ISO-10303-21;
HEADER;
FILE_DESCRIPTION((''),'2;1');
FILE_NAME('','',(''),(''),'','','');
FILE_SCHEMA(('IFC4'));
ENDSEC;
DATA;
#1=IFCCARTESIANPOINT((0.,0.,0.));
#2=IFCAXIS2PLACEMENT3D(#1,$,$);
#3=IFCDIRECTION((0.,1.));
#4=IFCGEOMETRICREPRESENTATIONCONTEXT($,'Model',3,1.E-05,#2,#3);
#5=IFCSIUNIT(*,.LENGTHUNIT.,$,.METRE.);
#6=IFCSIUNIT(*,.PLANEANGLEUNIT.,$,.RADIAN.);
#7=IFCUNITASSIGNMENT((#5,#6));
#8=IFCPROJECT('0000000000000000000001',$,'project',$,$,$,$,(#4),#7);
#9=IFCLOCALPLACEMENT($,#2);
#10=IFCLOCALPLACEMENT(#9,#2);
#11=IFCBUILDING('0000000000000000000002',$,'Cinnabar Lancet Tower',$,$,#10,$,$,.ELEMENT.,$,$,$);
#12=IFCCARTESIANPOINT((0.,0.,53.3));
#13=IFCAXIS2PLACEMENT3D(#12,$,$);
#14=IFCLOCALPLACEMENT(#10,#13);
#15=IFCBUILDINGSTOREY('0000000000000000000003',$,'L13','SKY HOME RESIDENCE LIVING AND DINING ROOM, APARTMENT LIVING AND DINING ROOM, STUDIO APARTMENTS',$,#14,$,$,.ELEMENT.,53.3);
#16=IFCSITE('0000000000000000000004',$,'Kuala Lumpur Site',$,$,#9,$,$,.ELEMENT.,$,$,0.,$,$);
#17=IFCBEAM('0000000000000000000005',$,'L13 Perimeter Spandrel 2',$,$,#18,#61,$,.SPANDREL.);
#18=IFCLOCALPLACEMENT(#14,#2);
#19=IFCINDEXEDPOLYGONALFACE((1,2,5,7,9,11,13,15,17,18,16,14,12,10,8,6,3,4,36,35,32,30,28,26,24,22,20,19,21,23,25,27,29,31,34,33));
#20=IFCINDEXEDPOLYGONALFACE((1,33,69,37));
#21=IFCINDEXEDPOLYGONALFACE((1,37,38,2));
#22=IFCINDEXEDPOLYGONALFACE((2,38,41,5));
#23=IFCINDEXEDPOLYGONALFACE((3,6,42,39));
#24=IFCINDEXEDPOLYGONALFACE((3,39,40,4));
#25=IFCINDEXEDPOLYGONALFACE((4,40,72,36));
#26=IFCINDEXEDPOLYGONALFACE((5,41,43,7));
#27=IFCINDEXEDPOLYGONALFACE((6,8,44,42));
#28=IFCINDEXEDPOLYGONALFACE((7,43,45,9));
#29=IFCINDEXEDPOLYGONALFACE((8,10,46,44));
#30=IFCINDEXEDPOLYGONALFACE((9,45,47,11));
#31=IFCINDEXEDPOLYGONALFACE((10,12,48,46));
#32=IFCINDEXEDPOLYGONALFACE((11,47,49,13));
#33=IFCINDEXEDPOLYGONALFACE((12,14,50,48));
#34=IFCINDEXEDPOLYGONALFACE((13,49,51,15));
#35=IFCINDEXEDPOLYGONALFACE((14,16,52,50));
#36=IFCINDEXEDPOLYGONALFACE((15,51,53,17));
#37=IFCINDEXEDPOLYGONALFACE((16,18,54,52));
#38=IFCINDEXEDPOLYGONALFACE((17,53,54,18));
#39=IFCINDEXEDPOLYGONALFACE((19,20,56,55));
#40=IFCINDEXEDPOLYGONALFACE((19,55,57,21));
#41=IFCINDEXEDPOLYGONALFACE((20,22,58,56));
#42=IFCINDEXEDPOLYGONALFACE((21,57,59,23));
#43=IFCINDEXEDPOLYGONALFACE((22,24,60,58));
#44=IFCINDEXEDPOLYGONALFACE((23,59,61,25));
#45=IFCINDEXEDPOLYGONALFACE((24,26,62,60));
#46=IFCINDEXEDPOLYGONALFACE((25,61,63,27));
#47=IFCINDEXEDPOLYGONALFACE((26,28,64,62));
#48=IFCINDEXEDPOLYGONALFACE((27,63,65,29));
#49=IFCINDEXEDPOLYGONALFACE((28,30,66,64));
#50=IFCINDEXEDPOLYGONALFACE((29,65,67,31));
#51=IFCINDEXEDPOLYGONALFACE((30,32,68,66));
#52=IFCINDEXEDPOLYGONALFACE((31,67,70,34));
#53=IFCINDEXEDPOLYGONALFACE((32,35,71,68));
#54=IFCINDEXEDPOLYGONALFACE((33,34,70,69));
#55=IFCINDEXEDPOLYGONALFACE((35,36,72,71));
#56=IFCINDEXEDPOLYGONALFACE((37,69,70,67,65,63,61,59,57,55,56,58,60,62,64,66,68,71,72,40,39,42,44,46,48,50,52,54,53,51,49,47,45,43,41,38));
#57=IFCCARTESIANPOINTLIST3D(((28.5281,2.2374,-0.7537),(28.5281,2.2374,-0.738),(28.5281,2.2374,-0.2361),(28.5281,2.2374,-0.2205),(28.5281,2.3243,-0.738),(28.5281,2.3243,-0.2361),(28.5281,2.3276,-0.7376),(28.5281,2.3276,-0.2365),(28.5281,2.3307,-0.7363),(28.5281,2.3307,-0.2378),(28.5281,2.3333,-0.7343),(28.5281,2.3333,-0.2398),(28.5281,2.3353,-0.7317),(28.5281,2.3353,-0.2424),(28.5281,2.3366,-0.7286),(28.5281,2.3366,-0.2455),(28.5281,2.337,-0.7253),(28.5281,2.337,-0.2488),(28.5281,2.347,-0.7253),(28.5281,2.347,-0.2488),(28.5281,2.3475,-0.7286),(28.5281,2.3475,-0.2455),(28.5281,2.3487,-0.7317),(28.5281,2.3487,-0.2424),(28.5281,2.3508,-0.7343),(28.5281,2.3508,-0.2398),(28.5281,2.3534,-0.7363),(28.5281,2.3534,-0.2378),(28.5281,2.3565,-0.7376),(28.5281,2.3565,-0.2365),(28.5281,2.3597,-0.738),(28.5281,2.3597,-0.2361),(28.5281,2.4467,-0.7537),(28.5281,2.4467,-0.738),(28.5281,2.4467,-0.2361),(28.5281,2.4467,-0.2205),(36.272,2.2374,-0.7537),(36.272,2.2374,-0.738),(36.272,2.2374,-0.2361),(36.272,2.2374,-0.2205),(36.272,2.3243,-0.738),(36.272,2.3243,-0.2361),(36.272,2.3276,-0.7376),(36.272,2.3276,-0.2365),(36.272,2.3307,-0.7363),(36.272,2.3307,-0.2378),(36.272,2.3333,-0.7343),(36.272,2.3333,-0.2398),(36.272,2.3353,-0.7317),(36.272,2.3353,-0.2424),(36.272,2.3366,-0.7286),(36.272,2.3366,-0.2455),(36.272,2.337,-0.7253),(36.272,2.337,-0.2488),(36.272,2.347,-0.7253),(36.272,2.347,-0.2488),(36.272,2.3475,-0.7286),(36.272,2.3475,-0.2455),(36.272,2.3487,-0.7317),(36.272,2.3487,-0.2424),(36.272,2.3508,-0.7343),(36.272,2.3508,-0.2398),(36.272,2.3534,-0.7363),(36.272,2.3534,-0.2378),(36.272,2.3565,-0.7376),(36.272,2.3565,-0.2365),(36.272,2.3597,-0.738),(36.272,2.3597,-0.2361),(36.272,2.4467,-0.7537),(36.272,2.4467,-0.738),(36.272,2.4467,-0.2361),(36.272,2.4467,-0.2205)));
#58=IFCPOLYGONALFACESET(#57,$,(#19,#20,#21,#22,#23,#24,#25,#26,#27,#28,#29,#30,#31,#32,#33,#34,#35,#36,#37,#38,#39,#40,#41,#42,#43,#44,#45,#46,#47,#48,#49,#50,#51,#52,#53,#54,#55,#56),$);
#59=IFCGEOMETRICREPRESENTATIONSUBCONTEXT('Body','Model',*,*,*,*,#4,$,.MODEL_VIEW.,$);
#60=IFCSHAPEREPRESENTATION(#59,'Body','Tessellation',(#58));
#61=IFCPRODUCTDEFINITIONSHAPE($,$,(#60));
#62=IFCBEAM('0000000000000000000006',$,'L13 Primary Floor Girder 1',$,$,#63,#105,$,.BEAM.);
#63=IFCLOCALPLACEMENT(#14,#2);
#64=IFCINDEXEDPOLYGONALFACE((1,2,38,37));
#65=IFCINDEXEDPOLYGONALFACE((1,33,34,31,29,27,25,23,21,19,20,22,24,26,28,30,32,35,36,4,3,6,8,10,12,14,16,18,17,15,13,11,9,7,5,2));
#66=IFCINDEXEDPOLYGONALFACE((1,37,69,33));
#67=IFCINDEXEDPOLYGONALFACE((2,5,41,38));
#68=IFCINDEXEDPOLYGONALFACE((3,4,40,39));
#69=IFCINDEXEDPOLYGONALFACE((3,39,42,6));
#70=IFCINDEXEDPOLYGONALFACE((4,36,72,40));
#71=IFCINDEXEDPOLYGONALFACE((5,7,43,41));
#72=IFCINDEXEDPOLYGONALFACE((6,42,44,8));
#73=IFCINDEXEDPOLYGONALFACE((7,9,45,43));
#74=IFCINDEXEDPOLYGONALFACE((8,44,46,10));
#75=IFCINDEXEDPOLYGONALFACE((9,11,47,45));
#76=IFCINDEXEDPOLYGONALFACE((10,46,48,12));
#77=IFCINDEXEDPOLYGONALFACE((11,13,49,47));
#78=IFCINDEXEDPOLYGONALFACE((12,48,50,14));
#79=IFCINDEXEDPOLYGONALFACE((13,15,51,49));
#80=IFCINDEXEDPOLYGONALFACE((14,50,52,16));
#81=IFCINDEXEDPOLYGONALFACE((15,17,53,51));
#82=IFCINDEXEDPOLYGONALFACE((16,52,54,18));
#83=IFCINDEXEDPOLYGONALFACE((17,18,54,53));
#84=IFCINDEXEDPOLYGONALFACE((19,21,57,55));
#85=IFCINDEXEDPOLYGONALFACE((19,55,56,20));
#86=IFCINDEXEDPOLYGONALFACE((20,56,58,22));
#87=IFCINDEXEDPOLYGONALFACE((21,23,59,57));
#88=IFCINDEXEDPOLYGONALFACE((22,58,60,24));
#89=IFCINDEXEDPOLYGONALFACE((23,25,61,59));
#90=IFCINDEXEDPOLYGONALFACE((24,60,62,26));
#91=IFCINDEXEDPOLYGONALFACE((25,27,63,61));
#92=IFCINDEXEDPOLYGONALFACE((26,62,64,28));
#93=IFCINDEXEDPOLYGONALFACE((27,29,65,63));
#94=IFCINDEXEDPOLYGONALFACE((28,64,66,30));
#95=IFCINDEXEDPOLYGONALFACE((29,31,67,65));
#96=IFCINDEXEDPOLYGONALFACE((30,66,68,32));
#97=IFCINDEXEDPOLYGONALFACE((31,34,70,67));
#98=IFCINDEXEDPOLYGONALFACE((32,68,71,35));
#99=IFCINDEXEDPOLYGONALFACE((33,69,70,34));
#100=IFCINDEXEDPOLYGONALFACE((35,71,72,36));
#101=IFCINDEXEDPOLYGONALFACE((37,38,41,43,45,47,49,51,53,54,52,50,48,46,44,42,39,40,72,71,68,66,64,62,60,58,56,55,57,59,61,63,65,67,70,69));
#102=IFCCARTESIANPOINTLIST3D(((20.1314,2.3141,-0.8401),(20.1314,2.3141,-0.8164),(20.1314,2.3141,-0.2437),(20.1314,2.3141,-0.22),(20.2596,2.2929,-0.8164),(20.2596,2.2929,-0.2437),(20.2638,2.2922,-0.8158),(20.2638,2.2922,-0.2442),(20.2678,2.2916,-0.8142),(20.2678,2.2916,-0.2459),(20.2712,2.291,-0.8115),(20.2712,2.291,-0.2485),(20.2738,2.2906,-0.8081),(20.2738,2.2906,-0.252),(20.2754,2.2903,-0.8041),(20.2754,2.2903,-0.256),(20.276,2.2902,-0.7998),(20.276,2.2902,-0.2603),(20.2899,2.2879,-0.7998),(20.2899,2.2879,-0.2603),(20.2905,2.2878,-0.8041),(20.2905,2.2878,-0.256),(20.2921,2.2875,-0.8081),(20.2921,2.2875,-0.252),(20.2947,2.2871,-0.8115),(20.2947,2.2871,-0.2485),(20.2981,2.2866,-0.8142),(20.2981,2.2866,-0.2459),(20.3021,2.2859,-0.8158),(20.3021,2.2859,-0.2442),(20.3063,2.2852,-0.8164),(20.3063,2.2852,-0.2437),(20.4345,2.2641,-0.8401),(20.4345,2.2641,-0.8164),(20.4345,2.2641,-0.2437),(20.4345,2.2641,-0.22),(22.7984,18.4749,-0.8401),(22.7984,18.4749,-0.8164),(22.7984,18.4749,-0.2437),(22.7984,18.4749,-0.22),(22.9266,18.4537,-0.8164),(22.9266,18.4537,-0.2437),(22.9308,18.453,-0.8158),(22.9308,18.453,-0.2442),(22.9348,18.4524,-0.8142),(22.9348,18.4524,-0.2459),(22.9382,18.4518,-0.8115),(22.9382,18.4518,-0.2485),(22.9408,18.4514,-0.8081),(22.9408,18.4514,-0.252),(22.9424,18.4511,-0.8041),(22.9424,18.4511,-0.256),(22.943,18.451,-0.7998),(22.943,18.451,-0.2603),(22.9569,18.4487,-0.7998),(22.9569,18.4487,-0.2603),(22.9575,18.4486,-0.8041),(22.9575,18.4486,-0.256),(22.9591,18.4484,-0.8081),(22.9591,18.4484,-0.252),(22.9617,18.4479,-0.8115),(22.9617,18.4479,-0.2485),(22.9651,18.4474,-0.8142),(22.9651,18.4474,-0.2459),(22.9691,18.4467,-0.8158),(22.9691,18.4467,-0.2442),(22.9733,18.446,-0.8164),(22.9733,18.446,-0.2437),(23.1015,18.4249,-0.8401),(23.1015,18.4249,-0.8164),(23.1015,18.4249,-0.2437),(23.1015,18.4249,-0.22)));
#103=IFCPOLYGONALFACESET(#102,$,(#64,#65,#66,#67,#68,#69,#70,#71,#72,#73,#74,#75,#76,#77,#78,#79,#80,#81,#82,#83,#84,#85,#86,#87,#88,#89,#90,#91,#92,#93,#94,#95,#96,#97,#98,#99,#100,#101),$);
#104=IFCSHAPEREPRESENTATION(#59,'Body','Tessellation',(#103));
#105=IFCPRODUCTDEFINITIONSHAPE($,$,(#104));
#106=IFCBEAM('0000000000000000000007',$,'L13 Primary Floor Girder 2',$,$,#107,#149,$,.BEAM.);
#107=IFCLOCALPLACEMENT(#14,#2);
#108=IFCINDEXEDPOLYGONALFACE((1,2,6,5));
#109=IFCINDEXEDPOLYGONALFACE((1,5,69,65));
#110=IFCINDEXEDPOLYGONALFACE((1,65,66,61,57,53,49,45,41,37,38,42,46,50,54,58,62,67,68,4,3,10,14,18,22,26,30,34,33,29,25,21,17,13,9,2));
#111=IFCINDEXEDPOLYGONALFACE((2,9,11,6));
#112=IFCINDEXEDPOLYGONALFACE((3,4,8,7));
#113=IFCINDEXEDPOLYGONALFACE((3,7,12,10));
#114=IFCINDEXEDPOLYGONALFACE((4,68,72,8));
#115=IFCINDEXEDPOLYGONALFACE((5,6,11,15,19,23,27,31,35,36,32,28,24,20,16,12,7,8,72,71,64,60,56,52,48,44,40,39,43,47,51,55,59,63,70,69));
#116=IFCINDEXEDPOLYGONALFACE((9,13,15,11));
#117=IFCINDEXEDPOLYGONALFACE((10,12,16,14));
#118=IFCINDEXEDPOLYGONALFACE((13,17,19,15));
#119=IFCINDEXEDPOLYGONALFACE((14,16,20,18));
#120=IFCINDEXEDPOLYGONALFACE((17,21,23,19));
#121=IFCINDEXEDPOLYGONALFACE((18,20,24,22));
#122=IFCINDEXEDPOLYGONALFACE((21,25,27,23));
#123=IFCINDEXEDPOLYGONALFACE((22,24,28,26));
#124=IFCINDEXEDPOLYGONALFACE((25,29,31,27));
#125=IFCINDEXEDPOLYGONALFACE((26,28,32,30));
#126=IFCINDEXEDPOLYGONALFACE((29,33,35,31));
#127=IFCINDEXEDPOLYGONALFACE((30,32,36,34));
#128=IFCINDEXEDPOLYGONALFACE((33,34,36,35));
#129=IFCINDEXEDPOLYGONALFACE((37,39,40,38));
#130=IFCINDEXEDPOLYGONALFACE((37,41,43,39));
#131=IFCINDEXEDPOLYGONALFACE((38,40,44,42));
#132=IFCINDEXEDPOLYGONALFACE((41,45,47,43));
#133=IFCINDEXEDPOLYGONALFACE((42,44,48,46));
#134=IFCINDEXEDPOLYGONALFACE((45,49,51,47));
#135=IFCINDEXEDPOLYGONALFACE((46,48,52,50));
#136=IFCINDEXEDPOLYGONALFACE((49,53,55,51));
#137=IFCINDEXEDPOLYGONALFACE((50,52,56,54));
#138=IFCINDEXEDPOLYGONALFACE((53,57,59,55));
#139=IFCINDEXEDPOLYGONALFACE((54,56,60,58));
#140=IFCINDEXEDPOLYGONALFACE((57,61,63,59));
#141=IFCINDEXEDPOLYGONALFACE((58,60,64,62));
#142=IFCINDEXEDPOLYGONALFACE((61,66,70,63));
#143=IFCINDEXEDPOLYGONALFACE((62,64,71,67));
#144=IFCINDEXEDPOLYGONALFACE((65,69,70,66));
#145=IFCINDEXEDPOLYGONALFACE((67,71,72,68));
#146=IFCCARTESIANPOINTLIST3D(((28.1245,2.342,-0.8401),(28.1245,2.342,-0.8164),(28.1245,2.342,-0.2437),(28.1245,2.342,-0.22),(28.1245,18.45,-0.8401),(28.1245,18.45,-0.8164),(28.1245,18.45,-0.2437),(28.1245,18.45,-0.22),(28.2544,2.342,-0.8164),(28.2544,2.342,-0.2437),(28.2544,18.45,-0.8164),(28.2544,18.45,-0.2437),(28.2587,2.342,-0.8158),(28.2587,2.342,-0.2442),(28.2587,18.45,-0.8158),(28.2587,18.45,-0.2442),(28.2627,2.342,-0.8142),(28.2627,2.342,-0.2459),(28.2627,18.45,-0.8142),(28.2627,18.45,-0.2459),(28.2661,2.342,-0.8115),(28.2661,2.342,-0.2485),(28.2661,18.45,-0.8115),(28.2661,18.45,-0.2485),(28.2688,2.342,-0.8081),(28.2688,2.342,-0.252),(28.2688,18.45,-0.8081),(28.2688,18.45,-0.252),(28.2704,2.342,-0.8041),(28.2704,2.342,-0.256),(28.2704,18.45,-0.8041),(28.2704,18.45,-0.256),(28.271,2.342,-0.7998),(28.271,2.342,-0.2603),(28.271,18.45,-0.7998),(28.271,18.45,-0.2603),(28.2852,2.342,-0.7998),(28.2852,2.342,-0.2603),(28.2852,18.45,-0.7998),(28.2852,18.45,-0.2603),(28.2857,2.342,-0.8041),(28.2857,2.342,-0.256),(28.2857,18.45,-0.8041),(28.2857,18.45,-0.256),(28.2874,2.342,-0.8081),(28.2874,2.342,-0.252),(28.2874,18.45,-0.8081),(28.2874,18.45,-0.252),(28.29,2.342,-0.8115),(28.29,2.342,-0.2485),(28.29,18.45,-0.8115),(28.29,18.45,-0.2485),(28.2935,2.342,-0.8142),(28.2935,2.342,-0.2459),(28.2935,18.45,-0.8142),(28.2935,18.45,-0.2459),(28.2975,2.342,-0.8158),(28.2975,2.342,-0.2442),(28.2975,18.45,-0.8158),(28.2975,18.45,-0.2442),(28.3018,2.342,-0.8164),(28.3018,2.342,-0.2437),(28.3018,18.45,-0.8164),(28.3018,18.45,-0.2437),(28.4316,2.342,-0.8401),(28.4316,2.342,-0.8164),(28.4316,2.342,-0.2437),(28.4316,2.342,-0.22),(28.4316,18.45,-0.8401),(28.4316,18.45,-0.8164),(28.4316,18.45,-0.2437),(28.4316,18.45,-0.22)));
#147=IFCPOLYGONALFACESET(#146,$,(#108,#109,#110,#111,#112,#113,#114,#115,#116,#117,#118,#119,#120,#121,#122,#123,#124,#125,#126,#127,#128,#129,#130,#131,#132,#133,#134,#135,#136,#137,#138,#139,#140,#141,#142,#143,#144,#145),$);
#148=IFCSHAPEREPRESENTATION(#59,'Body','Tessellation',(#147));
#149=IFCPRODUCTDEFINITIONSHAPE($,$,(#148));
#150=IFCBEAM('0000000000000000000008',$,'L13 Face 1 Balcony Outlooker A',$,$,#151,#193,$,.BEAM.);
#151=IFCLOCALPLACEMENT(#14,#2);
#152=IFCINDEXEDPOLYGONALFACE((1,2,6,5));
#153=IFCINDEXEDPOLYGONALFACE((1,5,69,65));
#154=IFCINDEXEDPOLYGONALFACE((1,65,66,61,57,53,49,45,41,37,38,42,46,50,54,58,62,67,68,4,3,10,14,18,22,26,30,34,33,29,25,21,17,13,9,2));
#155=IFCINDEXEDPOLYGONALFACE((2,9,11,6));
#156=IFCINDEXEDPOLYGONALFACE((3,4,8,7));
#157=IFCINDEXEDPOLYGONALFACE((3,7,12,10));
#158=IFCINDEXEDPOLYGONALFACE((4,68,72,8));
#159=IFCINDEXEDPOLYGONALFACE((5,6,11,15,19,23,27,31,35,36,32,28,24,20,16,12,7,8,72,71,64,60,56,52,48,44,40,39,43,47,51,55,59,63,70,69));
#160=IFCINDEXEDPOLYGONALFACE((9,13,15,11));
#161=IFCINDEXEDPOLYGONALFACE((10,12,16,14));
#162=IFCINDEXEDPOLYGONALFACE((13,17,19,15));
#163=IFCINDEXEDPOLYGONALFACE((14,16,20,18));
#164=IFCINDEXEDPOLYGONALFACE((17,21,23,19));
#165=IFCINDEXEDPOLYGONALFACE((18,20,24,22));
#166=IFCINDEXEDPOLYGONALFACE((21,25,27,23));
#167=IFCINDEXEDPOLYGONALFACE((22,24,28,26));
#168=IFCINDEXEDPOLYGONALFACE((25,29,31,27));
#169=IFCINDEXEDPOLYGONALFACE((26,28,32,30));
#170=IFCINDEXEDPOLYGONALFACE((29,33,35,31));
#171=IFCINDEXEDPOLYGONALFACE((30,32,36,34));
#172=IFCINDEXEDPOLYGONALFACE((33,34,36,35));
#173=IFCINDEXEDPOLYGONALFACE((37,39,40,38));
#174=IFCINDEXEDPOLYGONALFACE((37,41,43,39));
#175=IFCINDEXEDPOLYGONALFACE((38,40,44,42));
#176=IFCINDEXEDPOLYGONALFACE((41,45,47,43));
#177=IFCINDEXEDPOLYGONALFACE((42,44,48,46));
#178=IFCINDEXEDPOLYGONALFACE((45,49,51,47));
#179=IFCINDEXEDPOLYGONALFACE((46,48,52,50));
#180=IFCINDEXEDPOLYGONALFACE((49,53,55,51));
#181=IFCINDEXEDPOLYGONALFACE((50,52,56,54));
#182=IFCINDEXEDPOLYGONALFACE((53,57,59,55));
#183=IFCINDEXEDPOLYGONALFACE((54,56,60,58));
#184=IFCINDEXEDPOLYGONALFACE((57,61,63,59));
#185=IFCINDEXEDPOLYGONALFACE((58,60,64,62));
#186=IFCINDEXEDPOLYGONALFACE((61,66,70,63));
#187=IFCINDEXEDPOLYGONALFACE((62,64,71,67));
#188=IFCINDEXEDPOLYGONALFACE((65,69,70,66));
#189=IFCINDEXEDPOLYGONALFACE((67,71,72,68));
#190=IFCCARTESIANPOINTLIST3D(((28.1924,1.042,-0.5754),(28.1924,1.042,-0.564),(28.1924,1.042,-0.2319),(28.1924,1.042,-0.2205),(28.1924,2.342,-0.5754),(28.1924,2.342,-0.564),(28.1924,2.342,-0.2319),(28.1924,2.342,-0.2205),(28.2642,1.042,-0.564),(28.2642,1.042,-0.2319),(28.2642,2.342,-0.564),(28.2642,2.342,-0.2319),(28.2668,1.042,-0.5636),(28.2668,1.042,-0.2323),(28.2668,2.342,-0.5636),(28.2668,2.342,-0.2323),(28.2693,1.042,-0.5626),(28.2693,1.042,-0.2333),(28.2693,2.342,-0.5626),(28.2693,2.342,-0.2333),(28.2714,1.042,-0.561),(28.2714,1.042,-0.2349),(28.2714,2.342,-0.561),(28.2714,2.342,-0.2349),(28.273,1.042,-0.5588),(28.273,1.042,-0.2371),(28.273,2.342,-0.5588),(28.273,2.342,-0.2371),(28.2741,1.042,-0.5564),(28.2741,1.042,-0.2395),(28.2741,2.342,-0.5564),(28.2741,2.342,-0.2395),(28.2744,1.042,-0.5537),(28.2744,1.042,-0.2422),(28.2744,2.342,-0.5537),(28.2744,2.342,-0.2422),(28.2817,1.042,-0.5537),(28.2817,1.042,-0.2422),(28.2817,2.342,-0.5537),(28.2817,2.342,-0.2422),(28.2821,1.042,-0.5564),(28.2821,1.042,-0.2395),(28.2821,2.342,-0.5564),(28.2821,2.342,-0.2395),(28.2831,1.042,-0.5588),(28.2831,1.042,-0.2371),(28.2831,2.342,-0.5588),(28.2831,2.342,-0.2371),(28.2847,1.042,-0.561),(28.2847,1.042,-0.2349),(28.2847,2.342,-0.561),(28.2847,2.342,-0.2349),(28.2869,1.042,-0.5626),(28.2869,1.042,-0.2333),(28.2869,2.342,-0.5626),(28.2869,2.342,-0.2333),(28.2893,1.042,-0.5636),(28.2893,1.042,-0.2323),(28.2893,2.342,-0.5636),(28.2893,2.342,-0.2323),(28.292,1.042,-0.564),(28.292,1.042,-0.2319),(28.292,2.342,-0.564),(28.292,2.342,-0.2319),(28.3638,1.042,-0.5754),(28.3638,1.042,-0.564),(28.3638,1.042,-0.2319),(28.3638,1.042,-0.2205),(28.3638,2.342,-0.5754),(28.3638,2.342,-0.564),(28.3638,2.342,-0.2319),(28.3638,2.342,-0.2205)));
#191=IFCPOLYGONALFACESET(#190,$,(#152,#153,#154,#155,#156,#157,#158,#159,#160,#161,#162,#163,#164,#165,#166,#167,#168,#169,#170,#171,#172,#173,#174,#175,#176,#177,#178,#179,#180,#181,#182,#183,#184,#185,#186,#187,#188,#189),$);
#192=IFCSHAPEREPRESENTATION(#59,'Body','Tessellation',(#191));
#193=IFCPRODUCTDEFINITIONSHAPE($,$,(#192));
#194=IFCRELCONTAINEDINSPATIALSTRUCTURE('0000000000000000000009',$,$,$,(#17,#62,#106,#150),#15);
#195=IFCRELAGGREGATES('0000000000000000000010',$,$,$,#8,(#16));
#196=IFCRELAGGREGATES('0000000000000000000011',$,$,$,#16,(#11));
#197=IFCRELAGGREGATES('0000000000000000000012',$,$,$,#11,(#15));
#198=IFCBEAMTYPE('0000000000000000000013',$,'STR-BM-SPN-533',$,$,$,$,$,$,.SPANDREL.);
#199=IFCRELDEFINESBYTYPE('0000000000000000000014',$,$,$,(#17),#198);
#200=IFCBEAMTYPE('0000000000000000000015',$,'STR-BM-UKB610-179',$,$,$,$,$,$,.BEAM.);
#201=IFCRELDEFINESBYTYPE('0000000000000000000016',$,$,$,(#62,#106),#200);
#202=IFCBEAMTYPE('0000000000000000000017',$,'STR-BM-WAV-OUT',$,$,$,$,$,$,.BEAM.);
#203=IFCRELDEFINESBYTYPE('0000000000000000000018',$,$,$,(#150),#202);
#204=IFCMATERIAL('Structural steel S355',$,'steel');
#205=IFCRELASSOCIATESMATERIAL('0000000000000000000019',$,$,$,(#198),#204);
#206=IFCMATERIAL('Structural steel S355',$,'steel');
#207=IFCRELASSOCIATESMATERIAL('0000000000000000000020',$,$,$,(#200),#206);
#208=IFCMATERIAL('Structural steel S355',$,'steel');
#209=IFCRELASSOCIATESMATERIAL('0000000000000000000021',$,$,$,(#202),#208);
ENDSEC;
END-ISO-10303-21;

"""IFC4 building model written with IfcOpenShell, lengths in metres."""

from ifc_helpers import new_model, si_unit, direction, frame, origin, origin_2d, place, context, subcontext, project, spatial, i_section, extrude, material, material_profile, profile_set, type_object, element, save


model = new_model("IFC4")

# Units and contexts
model_context = context("Model", 3, precision=1e-05, world=origin(), true_north=direction((0.0, 1.0)))
body_context = subcontext(model_context, "Body", "Model", "MODEL_VIEW")
ifc_project = project(units=[si_unit("LENGTHUNIT", "METRE"), si_unit("PLANEANGLEUNIT", "RADIAN")], contexts=[model_context])

# Site, building, storey
site_placement = place(None, origin())
site = spatial("IfcSite", under=ifc_project, at=site_placement, Name="Kuala Lumpur Site", CompositionType="ELEMENT", RefElevation=0.0)
building_placement = place(site_placement, origin())
building = spatial("IfcBuilding", under=site, at=building_placement, Name="Cinnabar Lancet Tower", CompositionType="ELEMENT")
storey_placement = place(building_placement, frame((0.0, 0.0, 53.3)))
storey = spatial("IfcBuildingStorey", under=building, at=storey_placement, Name="L13", Description="SKY HOME RESIDENCE LIVING AND DINING ROOM, APARTMENT LIVING AND DINING ROOM, STUDIO APARTMENTS", CompositionType="ELEMENT", Elevation=53.3)

# Beams
ifc_material_1 = material(Name="Structural steel S355", Category="steel")
ifc_material_profile_1 = material_profile(ifc_material_1, i_section(OverallWidth=0.2092, OverallDepth=0.5332, WebThickness=0.01, FlangeThickness=0.0156, FilletRadius=0.0127, at=origin_2d()), Name="UKB 533x210x92")
ifc_profile_set_1 = profile_set([ifc_material_profile_1], Name="Structural steel S355")
beam_type_1 = type_object("IfcBeamType", Name="STR-BM-SPN-533", PredefinedType="SPANDREL", material=ifc_profile_set_1)
beam_1_placement = place(storey_placement, frame((28.5281, 2.342, -0.4871), z_axis=(1.0, 0.0, 0.0), x_axis=(0.0, 1.0, 0.0)))
element("IfcBeam", 1, at=beam_1_placement, inside=storey, type_object=beam_type_1, Name="L13 Perimeter Spandrel 2", PredefinedType="SPANDREL", context=body_context, shape_type="SweptSolid", body=[
    extrude(i_section(OverallWidth=0.2092, OverallDepth=0.5332, WebThickness=0.01, FlangeThickness=0.0156, FilletRadius=0.0127, at=origin_2d()), origin(), (0.0, 0.0, 1.0), 7.7439),
])
ifc_material_2 = material(Name="Structural steel S355", Category="steel")
ifc_material_profile_2 = material_profile(ifc_material_2, i_section(OverallWidth=0.3071, OverallDepth=0.6201, WebThickness=0.0142, FlangeThickness=0.0237, FilletRadius=0.0166, at=origin_2d()), Name="UKB 610x305x179")
ifc_profile_set_2 = profile_set([ifc_material_profile_2], Name="Structural steel S355")
beam_type_2 = type_object("IfcBeamType", Name="STR-BM-UKB610-179", PredefinedType="BEAM", material=ifc_profile_set_2)
beam_2_placement = place(storey_placement, frame((20.283, 2.2891, -0.53), z_axis=(0.162825, 0.986655, 0.0), x_axis=(-0.986655, 0.162825, 0.0)))
element("IfcBeam", 2, at=beam_2_placement, inside=storey, type_object=beam_type_2, Name="L13 Primary Floor Girder 1", PredefinedType="BEAM", context=body_context, shape_type="SweptSolid", body=[
    extrude(i_section(OverallWidth=0.3071, OverallDepth=0.6201, WebThickness=0.0142, FlangeThickness=0.0237, FilletRadius=0.0166, at=origin_2d()), origin(), (0.0, 0.0, 1.0), 16.3794),
])
beam_3_placement = place(storey_placement, frame((28.2781, 2.342, -0.53), z_axis=(0.0, 1.0, 0.0), x_axis=(-1.0, 0.0, 0.0)))
element("IfcBeam", 3, at=beam_3_placement, inside=storey, type_object=beam_type_2, Name="L13 Primary Floor Girder 2", PredefinedType="BEAM", context=body_context, shape_type="SweptSolid", body=[
    extrude(i_section(OverallWidth=0.3071, OverallDepth=0.6201, WebThickness=0.0142, FlangeThickness=0.0237, FilletRadius=0.0166, at=origin_2d()), origin(), (0.0, 0.0, 1.0), 16.1079),
])
ifc_material_3 = material(Name="Structural steel S355", Category="steel")
ifc_material_profile_3 = material_profile(ifc_material_3, i_section(OverallWidth=0.1714, OverallDepth=0.355, WebThickness=0.0073, FlangeThickness=0.0115, FilletRadius=0.0103, at=origin_2d()), Name="UKB 356x171x51")
ifc_profile_set_3 = profile_set([ifc_material_profile_3], Name="Structural steel S355")
beam_type_3 = type_object("IfcBeamType", Name="STR-BM-WAV-OUT", PredefinedType="BEAM", material=ifc_profile_set_3)
beam_4_placement = place(storey_placement, frame((28.2781, 2.342, -0.3979), z_axis=(0.0, -1.0, 0.0), x_axis=(1.0, 0.0, 0.0)))
element("IfcBeam", 4, at=beam_4_placement, inside=storey, type_object=beam_type_3, Name="L13 Face 1 Balcony Outlooker A", PredefinedType="BEAM", context=body_context, shape_type="SweptSolid", body=[
    extrude(i_section(OverallWidth=0.1714, OverallDepth=0.355, WebThickness=0.0073, FlangeThickness=0.0115, FilletRadius=0.0103, at=origin_2d()), origin(), (0.0, 0.0, 1.0), 1.3),
])

save(model, "model.ifc")
